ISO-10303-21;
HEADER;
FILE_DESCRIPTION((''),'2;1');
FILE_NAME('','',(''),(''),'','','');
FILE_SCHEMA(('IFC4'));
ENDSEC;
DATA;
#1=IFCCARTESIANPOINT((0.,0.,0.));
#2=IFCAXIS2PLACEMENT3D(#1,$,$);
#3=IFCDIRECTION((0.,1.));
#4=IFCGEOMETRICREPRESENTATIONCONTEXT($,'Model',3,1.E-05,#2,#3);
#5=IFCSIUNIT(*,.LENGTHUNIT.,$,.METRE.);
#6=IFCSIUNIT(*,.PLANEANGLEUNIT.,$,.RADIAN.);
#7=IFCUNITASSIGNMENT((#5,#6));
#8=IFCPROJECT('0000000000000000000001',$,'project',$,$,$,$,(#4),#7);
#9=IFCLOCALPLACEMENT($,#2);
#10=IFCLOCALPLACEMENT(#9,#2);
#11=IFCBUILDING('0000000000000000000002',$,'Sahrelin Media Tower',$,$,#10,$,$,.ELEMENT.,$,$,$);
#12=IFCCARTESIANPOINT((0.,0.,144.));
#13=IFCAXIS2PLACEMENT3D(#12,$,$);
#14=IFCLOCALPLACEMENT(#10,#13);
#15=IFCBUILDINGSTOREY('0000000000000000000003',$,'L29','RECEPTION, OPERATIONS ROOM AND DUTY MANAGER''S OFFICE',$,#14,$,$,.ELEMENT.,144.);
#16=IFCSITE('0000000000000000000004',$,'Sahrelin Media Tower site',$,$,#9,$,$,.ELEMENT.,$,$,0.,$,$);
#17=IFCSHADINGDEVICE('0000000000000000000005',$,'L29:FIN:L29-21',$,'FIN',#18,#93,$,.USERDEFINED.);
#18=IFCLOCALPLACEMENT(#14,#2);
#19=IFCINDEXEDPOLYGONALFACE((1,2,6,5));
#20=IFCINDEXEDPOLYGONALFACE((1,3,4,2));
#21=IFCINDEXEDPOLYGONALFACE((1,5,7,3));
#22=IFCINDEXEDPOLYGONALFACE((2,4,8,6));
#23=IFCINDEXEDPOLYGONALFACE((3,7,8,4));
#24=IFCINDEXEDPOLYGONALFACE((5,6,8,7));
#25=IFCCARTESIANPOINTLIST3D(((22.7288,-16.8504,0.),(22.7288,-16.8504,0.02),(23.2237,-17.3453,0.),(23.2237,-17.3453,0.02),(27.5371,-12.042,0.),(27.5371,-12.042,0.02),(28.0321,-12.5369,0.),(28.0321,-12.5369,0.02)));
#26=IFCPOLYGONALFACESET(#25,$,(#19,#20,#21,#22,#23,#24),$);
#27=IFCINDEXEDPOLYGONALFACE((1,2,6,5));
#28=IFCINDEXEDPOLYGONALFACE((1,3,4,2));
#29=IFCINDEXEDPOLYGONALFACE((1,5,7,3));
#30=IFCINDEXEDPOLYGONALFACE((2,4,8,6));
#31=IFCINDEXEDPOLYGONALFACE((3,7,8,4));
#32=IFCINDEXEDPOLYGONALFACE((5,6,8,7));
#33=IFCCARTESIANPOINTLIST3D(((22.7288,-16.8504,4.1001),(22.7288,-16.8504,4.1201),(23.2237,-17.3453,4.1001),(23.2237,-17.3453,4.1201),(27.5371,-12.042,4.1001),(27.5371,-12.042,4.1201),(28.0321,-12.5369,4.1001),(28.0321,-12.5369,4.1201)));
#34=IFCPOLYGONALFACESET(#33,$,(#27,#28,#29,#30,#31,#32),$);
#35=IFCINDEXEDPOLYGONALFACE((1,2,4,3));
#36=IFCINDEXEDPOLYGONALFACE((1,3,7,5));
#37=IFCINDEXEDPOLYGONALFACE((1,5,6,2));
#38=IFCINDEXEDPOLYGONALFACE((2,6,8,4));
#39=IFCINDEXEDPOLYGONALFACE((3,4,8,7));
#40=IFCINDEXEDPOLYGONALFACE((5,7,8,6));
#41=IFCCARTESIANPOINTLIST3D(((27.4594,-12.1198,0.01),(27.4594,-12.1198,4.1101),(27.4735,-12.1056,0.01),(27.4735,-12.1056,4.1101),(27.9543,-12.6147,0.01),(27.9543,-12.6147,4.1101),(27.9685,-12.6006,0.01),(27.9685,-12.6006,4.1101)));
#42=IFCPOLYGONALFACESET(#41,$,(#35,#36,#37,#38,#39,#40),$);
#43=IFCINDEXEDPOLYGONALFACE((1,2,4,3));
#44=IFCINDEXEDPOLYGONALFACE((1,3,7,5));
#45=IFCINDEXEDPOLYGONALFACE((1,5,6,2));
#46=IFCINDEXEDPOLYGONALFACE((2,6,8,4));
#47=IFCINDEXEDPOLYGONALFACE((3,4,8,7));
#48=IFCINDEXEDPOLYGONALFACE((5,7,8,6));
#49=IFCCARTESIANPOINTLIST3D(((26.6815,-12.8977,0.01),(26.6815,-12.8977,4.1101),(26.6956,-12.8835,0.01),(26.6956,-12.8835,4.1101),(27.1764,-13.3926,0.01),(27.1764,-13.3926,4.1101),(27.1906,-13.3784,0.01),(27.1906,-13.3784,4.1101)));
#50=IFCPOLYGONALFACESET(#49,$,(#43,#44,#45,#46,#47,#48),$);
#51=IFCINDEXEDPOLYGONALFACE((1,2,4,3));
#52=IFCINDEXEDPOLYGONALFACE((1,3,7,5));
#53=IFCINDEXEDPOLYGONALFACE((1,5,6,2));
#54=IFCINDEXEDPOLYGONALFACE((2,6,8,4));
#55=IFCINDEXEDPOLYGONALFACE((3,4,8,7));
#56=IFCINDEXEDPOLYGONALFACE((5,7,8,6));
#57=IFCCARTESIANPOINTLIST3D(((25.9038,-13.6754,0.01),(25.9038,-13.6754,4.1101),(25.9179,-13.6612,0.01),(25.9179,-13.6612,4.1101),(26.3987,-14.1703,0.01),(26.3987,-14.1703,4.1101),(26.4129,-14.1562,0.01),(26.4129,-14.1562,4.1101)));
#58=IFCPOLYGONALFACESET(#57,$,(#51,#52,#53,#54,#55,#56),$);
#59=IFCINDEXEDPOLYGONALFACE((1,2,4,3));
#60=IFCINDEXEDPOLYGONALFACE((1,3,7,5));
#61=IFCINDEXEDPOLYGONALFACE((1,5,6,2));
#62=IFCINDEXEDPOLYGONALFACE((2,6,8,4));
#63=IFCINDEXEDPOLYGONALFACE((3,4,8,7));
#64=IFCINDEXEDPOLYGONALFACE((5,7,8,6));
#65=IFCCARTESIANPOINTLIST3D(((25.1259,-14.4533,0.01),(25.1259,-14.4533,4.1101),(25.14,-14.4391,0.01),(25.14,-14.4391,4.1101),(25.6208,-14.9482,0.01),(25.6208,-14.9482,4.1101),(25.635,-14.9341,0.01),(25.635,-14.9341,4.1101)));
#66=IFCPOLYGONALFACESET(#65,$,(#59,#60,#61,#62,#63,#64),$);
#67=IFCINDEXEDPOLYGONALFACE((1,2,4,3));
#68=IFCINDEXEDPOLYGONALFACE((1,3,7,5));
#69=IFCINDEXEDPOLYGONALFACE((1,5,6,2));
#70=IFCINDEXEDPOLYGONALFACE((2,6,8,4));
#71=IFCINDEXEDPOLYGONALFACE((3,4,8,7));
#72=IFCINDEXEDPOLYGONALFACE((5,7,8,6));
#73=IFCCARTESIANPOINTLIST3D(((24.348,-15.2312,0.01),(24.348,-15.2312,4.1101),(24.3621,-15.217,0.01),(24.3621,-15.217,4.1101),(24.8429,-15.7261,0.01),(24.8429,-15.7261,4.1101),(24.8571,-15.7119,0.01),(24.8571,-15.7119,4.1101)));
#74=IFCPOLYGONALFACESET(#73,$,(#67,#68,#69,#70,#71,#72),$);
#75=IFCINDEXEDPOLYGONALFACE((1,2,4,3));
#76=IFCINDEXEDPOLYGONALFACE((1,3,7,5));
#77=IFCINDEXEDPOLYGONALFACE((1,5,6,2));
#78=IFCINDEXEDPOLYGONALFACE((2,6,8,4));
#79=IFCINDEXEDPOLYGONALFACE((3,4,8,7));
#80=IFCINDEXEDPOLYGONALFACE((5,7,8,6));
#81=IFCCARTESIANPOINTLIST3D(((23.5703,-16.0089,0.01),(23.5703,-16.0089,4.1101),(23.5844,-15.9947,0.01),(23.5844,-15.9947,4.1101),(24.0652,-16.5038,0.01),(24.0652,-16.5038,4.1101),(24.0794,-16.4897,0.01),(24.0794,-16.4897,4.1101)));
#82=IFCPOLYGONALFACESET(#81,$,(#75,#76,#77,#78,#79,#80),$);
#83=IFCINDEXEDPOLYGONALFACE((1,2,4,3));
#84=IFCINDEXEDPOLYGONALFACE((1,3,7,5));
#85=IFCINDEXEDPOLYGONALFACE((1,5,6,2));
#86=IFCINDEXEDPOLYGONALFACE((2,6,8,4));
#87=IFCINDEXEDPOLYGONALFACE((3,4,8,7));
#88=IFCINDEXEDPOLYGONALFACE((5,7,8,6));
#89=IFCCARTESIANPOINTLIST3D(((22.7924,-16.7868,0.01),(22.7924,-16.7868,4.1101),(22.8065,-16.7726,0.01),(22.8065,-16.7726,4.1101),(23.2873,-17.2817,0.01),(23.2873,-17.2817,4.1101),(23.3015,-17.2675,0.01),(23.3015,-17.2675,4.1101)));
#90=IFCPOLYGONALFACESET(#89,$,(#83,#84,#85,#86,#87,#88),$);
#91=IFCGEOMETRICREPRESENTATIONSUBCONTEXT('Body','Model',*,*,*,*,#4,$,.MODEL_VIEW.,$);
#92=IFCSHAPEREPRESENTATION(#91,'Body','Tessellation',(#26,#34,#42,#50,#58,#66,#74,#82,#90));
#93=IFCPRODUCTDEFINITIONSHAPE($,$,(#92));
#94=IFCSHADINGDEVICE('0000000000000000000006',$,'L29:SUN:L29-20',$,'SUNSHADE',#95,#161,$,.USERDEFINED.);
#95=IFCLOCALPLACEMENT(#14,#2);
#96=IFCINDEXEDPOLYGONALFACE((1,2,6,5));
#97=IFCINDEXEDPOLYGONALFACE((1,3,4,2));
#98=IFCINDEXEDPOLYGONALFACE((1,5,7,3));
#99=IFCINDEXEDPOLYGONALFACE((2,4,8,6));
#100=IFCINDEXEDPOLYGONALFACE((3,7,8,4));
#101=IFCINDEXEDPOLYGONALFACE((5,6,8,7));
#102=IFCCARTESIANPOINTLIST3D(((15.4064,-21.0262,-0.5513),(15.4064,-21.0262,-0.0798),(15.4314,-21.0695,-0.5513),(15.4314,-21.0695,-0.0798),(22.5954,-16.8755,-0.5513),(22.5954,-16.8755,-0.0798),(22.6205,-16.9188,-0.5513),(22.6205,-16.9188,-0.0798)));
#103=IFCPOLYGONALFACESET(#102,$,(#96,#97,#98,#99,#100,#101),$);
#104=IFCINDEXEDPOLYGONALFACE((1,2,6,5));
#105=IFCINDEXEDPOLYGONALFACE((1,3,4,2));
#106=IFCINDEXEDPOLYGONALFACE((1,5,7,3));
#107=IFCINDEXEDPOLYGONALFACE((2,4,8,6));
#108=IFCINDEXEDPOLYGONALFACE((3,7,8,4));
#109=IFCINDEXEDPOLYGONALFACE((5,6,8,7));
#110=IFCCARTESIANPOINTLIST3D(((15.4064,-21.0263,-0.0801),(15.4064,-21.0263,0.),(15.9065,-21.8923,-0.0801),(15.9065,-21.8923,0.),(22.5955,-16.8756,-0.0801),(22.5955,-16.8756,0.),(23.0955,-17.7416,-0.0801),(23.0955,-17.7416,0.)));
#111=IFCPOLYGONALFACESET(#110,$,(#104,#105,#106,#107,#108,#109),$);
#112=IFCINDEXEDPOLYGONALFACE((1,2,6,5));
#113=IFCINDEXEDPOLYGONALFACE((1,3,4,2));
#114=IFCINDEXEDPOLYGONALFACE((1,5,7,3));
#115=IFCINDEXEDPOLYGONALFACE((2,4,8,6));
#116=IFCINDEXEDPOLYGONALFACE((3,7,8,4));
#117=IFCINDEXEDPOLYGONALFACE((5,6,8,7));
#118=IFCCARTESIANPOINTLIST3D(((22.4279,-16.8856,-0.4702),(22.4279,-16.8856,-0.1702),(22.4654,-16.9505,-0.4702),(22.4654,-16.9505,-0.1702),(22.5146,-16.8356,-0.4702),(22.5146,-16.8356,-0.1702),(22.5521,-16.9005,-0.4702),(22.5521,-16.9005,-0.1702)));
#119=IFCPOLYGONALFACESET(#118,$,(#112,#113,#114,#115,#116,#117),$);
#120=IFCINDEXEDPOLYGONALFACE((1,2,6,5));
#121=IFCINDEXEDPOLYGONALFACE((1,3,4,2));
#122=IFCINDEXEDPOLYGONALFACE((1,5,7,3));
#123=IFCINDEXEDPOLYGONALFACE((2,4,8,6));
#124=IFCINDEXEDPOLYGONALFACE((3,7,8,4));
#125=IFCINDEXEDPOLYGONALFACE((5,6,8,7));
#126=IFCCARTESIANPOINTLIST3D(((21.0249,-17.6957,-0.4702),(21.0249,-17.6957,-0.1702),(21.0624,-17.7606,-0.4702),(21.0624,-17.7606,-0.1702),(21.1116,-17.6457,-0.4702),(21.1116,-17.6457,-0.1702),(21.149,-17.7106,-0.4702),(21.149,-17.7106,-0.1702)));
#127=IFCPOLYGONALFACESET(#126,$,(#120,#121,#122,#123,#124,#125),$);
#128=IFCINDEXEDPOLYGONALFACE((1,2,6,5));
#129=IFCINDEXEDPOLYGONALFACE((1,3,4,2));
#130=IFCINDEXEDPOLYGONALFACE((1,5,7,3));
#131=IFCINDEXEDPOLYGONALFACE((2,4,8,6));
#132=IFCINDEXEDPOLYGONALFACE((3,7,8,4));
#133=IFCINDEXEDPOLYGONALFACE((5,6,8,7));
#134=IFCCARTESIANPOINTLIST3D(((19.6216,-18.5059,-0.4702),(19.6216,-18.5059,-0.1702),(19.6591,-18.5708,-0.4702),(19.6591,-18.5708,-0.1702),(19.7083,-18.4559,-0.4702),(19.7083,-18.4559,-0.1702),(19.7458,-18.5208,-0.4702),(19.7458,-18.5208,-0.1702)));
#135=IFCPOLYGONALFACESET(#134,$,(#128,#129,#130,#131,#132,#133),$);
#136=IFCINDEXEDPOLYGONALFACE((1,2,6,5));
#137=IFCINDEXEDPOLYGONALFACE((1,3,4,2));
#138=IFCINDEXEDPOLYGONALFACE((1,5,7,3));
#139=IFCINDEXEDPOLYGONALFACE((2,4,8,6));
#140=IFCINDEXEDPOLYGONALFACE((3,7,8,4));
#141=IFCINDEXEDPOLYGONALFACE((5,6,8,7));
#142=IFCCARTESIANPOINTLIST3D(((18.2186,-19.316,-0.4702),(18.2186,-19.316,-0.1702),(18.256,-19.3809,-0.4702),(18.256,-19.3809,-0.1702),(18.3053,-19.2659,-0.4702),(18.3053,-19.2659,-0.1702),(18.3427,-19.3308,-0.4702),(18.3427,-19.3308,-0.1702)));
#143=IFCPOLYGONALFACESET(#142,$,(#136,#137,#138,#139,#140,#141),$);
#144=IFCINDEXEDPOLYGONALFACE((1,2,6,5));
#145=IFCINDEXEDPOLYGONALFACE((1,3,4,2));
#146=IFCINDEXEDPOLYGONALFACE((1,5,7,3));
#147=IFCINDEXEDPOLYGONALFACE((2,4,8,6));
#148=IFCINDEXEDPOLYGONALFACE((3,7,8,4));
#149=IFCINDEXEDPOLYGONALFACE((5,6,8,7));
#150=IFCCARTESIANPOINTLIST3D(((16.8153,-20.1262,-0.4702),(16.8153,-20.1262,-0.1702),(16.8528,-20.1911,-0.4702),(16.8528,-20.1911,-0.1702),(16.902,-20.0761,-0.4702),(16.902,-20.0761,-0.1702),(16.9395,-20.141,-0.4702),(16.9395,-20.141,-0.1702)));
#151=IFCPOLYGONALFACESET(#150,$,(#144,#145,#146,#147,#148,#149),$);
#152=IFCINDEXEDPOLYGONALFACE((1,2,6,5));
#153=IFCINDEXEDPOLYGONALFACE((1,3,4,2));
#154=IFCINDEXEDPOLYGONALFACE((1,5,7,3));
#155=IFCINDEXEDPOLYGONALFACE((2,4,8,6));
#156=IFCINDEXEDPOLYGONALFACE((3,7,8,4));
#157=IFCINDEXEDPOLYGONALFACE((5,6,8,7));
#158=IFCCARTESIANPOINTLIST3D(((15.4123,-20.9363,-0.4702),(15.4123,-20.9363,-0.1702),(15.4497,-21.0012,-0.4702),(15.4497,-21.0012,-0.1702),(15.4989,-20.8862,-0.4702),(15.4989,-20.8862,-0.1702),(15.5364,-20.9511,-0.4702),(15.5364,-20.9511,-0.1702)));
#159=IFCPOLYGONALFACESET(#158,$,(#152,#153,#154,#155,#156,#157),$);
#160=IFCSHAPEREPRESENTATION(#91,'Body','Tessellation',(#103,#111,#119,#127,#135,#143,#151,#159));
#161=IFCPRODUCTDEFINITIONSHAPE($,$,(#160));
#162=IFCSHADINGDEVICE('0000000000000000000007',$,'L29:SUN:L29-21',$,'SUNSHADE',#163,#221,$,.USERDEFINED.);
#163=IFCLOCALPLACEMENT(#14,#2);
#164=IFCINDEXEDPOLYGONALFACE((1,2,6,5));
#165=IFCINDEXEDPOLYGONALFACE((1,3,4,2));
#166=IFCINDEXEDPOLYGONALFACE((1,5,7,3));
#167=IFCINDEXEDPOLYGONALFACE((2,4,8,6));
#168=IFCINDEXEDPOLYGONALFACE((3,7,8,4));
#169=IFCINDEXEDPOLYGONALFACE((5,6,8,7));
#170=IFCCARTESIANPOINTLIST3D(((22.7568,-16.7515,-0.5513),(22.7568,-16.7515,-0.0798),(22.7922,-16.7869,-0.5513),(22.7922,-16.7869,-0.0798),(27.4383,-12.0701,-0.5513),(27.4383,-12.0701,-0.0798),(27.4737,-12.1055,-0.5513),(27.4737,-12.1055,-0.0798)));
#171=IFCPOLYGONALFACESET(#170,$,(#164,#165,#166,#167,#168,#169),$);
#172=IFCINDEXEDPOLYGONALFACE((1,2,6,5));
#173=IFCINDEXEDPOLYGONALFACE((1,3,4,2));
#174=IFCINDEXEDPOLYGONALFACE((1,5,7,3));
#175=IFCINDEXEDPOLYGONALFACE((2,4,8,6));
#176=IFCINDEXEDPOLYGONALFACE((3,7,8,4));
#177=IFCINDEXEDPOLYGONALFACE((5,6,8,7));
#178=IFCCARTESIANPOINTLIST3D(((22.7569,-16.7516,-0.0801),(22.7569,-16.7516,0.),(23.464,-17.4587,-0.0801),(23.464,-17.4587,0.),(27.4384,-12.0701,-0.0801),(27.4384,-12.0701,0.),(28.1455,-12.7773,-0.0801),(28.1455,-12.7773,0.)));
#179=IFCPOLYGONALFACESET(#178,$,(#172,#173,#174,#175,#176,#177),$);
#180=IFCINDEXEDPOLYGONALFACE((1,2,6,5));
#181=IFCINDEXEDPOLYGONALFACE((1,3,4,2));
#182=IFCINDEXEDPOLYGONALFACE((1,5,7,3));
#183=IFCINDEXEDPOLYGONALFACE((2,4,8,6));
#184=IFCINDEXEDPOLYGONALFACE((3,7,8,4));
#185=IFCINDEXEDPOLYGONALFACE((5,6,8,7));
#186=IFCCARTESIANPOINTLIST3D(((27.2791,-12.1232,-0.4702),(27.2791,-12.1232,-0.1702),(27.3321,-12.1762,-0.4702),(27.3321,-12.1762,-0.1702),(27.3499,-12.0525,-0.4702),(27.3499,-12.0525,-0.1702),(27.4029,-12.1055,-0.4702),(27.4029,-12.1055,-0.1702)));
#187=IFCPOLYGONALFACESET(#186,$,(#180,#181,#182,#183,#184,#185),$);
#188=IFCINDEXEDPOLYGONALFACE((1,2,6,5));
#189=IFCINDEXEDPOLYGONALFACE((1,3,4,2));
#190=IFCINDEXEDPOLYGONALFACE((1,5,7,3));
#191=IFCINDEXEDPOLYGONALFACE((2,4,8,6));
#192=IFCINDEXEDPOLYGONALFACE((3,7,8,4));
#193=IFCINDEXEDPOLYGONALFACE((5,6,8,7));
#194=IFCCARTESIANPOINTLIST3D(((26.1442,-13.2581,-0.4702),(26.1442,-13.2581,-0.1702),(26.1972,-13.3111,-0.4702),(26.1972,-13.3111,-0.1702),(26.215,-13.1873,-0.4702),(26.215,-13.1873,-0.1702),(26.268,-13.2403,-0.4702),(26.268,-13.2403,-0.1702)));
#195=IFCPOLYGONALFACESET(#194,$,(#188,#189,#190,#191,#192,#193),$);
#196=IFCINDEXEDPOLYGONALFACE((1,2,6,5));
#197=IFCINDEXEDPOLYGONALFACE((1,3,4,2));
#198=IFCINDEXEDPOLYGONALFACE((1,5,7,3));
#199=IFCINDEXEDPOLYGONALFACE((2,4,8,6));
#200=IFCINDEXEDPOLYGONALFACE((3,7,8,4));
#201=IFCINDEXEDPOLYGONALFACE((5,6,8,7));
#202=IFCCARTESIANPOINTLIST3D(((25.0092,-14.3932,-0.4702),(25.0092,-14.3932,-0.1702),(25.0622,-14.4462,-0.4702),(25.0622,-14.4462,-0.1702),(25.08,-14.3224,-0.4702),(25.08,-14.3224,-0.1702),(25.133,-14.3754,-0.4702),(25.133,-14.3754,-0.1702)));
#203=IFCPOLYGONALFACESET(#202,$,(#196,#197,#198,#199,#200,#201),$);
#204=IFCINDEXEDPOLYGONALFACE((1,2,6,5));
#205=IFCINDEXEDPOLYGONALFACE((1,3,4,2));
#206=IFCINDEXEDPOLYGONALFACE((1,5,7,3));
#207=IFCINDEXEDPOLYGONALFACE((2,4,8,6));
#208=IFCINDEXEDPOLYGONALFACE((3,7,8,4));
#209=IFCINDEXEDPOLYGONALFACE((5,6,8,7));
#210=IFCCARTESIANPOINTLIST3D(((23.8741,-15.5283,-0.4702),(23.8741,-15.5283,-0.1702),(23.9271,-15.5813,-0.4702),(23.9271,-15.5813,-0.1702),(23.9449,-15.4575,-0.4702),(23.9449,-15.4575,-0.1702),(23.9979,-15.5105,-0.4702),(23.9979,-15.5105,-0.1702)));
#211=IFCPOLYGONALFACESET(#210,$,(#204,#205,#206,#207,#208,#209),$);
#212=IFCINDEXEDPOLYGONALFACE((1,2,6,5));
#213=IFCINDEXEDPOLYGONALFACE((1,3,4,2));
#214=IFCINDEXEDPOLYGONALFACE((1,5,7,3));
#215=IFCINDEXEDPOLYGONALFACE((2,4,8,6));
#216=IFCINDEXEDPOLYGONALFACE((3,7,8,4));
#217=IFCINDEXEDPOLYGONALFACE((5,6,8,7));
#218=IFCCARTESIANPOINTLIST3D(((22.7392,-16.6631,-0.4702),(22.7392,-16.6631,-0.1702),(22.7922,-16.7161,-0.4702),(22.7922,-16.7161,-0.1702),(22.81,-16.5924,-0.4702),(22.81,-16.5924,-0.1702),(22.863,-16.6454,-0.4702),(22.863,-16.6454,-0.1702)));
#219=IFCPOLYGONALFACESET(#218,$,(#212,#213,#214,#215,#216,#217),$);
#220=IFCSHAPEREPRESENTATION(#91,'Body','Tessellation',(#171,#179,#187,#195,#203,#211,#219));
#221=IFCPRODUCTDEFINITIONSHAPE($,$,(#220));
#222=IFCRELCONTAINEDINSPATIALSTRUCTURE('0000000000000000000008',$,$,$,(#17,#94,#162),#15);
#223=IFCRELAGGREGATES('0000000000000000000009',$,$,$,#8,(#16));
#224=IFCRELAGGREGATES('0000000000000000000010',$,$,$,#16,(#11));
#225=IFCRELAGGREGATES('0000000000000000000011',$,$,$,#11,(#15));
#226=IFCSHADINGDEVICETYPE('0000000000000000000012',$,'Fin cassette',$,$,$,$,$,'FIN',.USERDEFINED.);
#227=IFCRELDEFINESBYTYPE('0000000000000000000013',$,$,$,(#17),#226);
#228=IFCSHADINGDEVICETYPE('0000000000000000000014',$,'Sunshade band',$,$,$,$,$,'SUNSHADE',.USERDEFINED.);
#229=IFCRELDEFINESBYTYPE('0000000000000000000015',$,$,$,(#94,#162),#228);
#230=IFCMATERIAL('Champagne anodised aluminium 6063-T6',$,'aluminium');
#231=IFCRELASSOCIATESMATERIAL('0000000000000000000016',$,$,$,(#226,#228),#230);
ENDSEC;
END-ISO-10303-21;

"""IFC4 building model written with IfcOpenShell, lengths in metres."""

from ifc_helpers import new_model, si_unit, direction, frame, origin, origin_2d, place, context, subcontext, project, spatial, rectangle, extrude, material, type_object, element, save


model = new_model("IFC4")

# Units and contexts
model_context = context("Model", 3, precision=1e-05, world=origin(), true_north=direction((0.0, 1.0)))
body_context = subcontext(model_context, "Body", "Model", "MODEL_VIEW")
ifc_project = project(units=[si_unit("LENGTHUNIT", "METRE"), si_unit("PLANEANGLEUNIT", "RADIAN")], contexts=[model_context])

# Site, building, storey
site_placement = place(None, origin())
site = spatial("IfcSite", under=ifc_project, at=site_placement, Name="Sahrelin Media Tower site", CompositionType="ELEMENT", RefElevation=0.0)
building_placement = place(site_placement, origin())
building = spatial("IfcBuilding", under=site, at=building_placement, Name="Sahrelin Media Tower", CompositionType="ELEMENT")
storey_placement = place(building_placement, frame((0.0, 0.0, 144.0)))
storey = spatial("IfcBuildingStorey", under=building, at=storey_placement, Name="L29", Description="RECEPTION, OPERATIONS ROOM AND DUTY MANAGER'S OFFICE", CompositionType="ELEMENT", Elevation=144.0)

# Shared definitions
ifc_material_1 = material(Name="Champagne anodised aluminium 6063-T6", Category="aluminium")

# Shading devices
shading_device_type_1 = type_object("IfcShadingDeviceType", Name="Fin cassette", ElementType="FIN", PredefinedType="USERDEFINED", material=ifc_material_1)
placement_1 = place(storey_placement, frame((18.991, -18.9336, 0.0), z_axis=(0.0, 0.0, 1.0), x_axis=(-0.866019, -0.500011, 0.0)))
placement_2 = place(storey_placement, frame((25.0835, -14.3967, 0.0), z_axis=(0.0, 0.0, 1.0), x_axis=(-0.707107, -0.707107, 0.0)))
element("IfcShadingDevice", 1, at=placement_2, inside=storey, type_object=shading_device_type_1, Name="L29:FIN:L29-21", ObjectType="FIN", PredefinedType="USERDEFINED", context=body_context, shape_type="SweptSolid", body=[
    extrude(rectangle(XDim=6.8, YDim=0.7, at=origin_2d()), frame((0.0, 0.4199, 0.0)), (0.0, 0.0, 1.0), 0.02),
    extrude(rectangle(XDim=6.8, YDim=0.7, at=origin_2d()), frame((0.0, 0.4199, 4.1001)), (0.0, 0.0, 1.0), 0.02),
    extrude(rectangle(XDim=0.02, YDim=0.7, at=origin_2d()), frame((-3.3, 0.4199, 0.01), z_axis=(0.0, 0.0, 1.0), x_axis=(1.0, 0.0, 0.0)), (0.0, 0.0, 1.0), 4.1001),
    extrude(rectangle(XDim=0.02, YDim=0.7, at=origin_2d()), frame((-2.2, 0.4199, 0.01), z_axis=(0.0, 0.0, 1.0), x_axis=(1.0, 0.0, 0.0)), (0.0, 0.0, 1.0), 4.1001),
    extrude(rectangle(XDim=0.02, YDim=0.7, at=origin_2d()), frame((-1.1001, 0.4199, 0.01), z_axis=(0.0, 0.0, 1.0), x_axis=(1.0, 0.0, 0.0)), (0.0, 0.0, 1.0), 4.1001),
    extrude(rectangle(XDim=0.02, YDim=0.7, at=origin_2d()), frame((0.0, 0.4199, 0.01), z_axis=(0.0, 0.0, 1.0), x_axis=(1.0, 0.0, 0.0)), (0.0, 0.0, 1.0), 4.1001),
    extrude(rectangle(XDim=0.02, YDim=0.7, at=origin_2d()), frame((1.1001, 0.4199, 0.01), z_axis=(0.0, 0.0, 1.0), x_axis=(1.0, 0.0, 0.0)), (0.0, 0.0, 1.0), 4.1001),
    extrude(rectangle(XDim=0.02, YDim=0.7, at=origin_2d()), frame((2.2, 0.4199, 0.01), z_axis=(0.0, 0.0, 1.0), x_axis=(1.0, 0.0, 0.0)), (0.0, 0.0, 1.0), 4.1001),
    extrude(rectangle(XDim=0.02, YDim=0.7, at=origin_2d()), frame((3.3, 0.4199, 0.01), z_axis=(0.0, 0.0, 1.0), x_axis=(1.0, 0.0, 0.0)), (0.0, 0.0, 1.0), 4.1001),
])
shading_device_type_2 = type_object("IfcShadingDeviceType", Name="Sunshade band", ElementType="SUNSHADE", PredefinedType="USERDEFINED", material=ifc_material_1)
element("IfcShadingDevice", 2, at=placement_1, inside=storey, type_object=shading_device_type_2, Name="L29:SUN:L29-20", ObjectType="SUNSHADE", PredefinedType="USERDEFINED", context=body_context, shape_type="SweptSolid", body=[
    extrude(rectangle(XDim=8.3013, YDim=0.05, at=origin_2d()), frame((0.0, 0.0449, -0.5513)), (0.0, 0.0, 1.0), 0.4714),
    extrude(rectangle(XDim=8.3013, YDim=1.0, at=origin_2d()), frame((0.0, 0.52, -0.0801)), (0.0, 0.0, 1.0), 0.0801),
    extrude(rectangle(XDim=0.1001, YDim=0.075, at=origin_2d()), frame((-4.0505, -0.0176, -0.4702)), (0.0, 0.0, 1.0), 0.3),
    extrude(rectangle(XDim=0.1001, YDim=0.075, at=origin_2d()), frame((-2.4304, -0.0176, -0.4702)), (0.0, 0.0, 1.0), 0.3),
    extrude(rectangle(XDim=0.1001, YDim=0.075, at=origin_2d()), frame((-0.8101, -0.0176, -0.4702)), (0.0, 0.0, 1.0), 0.3),
    extrude(rectangle(XDim=0.1001, YDim=0.075, at=origin_2d()), frame((0.8101, -0.0176, -0.4702)), (0.0, 0.0, 1.0), 0.3),
    extrude(rectangle(XDim=0.1001, YDim=0.075, at=origin_2d()), frame((2.4304, -0.0176, -0.4702)), (0.0, 0.0, 1.0), 0.3),
    extrude(rectangle(XDim=0.1001, YDim=0.075, at=origin_2d()), frame((4.0505, -0.0176, -0.4702)), (0.0, 0.0, 1.0), 0.3),
])
element("IfcShadingDevice", 3, at=placement_2, inside=storey, type_object=shading_device_type_2, Name="L29:SUN:L29-21", ObjectType="SUNSHADE", PredefinedType="USERDEFINED", context=body_context, shape_type="SweptSolid", body=[
    extrude(rectangle(XDim=6.6206, YDim=0.05, at=origin_2d()), frame((0.0, 0.0449, -0.5513)), (0.0, 0.0, 1.0), 0.4714),
    extrude(rectangle(XDim=6.6206, YDim=1.0, at=origin_2d()), frame((0.0, 0.52, -0.0801)), (0.0, 0.0, 1.0), 0.0801),
    extrude(rectangle(XDim=0.1001, YDim=0.075, at=origin_2d()), frame((-3.2102, -0.0176, -0.4702)), (0.0, 0.0, 1.0), 0.3),
    extrude(rectangle(XDim=0.1001, YDim=0.075, at=origin_2d()), frame((-1.6052, -0.0176, -0.4702)), (0.0, 0.0, 1.0), 0.3),
    extrude(rectangle(XDim=0.1001, YDim=0.075, at=origin_2d()), frame((0.0, -0.0176, -0.4702)), (0.0, 0.0, 1.0), 0.3),
    extrude(rectangle(XDim=0.1001, YDim=0.075, at=origin_2d()), frame((1.6052, -0.0176, -0.4702)), (0.0, 0.0, 1.0), 0.3),
    extrude(rectangle(XDim=0.1001, YDim=0.075, at=origin_2d()), frame((3.2102, -0.0176, -0.4702)), (0.0, 0.0, 1.0), 0.3),
])

save(model, "model.ifc")
